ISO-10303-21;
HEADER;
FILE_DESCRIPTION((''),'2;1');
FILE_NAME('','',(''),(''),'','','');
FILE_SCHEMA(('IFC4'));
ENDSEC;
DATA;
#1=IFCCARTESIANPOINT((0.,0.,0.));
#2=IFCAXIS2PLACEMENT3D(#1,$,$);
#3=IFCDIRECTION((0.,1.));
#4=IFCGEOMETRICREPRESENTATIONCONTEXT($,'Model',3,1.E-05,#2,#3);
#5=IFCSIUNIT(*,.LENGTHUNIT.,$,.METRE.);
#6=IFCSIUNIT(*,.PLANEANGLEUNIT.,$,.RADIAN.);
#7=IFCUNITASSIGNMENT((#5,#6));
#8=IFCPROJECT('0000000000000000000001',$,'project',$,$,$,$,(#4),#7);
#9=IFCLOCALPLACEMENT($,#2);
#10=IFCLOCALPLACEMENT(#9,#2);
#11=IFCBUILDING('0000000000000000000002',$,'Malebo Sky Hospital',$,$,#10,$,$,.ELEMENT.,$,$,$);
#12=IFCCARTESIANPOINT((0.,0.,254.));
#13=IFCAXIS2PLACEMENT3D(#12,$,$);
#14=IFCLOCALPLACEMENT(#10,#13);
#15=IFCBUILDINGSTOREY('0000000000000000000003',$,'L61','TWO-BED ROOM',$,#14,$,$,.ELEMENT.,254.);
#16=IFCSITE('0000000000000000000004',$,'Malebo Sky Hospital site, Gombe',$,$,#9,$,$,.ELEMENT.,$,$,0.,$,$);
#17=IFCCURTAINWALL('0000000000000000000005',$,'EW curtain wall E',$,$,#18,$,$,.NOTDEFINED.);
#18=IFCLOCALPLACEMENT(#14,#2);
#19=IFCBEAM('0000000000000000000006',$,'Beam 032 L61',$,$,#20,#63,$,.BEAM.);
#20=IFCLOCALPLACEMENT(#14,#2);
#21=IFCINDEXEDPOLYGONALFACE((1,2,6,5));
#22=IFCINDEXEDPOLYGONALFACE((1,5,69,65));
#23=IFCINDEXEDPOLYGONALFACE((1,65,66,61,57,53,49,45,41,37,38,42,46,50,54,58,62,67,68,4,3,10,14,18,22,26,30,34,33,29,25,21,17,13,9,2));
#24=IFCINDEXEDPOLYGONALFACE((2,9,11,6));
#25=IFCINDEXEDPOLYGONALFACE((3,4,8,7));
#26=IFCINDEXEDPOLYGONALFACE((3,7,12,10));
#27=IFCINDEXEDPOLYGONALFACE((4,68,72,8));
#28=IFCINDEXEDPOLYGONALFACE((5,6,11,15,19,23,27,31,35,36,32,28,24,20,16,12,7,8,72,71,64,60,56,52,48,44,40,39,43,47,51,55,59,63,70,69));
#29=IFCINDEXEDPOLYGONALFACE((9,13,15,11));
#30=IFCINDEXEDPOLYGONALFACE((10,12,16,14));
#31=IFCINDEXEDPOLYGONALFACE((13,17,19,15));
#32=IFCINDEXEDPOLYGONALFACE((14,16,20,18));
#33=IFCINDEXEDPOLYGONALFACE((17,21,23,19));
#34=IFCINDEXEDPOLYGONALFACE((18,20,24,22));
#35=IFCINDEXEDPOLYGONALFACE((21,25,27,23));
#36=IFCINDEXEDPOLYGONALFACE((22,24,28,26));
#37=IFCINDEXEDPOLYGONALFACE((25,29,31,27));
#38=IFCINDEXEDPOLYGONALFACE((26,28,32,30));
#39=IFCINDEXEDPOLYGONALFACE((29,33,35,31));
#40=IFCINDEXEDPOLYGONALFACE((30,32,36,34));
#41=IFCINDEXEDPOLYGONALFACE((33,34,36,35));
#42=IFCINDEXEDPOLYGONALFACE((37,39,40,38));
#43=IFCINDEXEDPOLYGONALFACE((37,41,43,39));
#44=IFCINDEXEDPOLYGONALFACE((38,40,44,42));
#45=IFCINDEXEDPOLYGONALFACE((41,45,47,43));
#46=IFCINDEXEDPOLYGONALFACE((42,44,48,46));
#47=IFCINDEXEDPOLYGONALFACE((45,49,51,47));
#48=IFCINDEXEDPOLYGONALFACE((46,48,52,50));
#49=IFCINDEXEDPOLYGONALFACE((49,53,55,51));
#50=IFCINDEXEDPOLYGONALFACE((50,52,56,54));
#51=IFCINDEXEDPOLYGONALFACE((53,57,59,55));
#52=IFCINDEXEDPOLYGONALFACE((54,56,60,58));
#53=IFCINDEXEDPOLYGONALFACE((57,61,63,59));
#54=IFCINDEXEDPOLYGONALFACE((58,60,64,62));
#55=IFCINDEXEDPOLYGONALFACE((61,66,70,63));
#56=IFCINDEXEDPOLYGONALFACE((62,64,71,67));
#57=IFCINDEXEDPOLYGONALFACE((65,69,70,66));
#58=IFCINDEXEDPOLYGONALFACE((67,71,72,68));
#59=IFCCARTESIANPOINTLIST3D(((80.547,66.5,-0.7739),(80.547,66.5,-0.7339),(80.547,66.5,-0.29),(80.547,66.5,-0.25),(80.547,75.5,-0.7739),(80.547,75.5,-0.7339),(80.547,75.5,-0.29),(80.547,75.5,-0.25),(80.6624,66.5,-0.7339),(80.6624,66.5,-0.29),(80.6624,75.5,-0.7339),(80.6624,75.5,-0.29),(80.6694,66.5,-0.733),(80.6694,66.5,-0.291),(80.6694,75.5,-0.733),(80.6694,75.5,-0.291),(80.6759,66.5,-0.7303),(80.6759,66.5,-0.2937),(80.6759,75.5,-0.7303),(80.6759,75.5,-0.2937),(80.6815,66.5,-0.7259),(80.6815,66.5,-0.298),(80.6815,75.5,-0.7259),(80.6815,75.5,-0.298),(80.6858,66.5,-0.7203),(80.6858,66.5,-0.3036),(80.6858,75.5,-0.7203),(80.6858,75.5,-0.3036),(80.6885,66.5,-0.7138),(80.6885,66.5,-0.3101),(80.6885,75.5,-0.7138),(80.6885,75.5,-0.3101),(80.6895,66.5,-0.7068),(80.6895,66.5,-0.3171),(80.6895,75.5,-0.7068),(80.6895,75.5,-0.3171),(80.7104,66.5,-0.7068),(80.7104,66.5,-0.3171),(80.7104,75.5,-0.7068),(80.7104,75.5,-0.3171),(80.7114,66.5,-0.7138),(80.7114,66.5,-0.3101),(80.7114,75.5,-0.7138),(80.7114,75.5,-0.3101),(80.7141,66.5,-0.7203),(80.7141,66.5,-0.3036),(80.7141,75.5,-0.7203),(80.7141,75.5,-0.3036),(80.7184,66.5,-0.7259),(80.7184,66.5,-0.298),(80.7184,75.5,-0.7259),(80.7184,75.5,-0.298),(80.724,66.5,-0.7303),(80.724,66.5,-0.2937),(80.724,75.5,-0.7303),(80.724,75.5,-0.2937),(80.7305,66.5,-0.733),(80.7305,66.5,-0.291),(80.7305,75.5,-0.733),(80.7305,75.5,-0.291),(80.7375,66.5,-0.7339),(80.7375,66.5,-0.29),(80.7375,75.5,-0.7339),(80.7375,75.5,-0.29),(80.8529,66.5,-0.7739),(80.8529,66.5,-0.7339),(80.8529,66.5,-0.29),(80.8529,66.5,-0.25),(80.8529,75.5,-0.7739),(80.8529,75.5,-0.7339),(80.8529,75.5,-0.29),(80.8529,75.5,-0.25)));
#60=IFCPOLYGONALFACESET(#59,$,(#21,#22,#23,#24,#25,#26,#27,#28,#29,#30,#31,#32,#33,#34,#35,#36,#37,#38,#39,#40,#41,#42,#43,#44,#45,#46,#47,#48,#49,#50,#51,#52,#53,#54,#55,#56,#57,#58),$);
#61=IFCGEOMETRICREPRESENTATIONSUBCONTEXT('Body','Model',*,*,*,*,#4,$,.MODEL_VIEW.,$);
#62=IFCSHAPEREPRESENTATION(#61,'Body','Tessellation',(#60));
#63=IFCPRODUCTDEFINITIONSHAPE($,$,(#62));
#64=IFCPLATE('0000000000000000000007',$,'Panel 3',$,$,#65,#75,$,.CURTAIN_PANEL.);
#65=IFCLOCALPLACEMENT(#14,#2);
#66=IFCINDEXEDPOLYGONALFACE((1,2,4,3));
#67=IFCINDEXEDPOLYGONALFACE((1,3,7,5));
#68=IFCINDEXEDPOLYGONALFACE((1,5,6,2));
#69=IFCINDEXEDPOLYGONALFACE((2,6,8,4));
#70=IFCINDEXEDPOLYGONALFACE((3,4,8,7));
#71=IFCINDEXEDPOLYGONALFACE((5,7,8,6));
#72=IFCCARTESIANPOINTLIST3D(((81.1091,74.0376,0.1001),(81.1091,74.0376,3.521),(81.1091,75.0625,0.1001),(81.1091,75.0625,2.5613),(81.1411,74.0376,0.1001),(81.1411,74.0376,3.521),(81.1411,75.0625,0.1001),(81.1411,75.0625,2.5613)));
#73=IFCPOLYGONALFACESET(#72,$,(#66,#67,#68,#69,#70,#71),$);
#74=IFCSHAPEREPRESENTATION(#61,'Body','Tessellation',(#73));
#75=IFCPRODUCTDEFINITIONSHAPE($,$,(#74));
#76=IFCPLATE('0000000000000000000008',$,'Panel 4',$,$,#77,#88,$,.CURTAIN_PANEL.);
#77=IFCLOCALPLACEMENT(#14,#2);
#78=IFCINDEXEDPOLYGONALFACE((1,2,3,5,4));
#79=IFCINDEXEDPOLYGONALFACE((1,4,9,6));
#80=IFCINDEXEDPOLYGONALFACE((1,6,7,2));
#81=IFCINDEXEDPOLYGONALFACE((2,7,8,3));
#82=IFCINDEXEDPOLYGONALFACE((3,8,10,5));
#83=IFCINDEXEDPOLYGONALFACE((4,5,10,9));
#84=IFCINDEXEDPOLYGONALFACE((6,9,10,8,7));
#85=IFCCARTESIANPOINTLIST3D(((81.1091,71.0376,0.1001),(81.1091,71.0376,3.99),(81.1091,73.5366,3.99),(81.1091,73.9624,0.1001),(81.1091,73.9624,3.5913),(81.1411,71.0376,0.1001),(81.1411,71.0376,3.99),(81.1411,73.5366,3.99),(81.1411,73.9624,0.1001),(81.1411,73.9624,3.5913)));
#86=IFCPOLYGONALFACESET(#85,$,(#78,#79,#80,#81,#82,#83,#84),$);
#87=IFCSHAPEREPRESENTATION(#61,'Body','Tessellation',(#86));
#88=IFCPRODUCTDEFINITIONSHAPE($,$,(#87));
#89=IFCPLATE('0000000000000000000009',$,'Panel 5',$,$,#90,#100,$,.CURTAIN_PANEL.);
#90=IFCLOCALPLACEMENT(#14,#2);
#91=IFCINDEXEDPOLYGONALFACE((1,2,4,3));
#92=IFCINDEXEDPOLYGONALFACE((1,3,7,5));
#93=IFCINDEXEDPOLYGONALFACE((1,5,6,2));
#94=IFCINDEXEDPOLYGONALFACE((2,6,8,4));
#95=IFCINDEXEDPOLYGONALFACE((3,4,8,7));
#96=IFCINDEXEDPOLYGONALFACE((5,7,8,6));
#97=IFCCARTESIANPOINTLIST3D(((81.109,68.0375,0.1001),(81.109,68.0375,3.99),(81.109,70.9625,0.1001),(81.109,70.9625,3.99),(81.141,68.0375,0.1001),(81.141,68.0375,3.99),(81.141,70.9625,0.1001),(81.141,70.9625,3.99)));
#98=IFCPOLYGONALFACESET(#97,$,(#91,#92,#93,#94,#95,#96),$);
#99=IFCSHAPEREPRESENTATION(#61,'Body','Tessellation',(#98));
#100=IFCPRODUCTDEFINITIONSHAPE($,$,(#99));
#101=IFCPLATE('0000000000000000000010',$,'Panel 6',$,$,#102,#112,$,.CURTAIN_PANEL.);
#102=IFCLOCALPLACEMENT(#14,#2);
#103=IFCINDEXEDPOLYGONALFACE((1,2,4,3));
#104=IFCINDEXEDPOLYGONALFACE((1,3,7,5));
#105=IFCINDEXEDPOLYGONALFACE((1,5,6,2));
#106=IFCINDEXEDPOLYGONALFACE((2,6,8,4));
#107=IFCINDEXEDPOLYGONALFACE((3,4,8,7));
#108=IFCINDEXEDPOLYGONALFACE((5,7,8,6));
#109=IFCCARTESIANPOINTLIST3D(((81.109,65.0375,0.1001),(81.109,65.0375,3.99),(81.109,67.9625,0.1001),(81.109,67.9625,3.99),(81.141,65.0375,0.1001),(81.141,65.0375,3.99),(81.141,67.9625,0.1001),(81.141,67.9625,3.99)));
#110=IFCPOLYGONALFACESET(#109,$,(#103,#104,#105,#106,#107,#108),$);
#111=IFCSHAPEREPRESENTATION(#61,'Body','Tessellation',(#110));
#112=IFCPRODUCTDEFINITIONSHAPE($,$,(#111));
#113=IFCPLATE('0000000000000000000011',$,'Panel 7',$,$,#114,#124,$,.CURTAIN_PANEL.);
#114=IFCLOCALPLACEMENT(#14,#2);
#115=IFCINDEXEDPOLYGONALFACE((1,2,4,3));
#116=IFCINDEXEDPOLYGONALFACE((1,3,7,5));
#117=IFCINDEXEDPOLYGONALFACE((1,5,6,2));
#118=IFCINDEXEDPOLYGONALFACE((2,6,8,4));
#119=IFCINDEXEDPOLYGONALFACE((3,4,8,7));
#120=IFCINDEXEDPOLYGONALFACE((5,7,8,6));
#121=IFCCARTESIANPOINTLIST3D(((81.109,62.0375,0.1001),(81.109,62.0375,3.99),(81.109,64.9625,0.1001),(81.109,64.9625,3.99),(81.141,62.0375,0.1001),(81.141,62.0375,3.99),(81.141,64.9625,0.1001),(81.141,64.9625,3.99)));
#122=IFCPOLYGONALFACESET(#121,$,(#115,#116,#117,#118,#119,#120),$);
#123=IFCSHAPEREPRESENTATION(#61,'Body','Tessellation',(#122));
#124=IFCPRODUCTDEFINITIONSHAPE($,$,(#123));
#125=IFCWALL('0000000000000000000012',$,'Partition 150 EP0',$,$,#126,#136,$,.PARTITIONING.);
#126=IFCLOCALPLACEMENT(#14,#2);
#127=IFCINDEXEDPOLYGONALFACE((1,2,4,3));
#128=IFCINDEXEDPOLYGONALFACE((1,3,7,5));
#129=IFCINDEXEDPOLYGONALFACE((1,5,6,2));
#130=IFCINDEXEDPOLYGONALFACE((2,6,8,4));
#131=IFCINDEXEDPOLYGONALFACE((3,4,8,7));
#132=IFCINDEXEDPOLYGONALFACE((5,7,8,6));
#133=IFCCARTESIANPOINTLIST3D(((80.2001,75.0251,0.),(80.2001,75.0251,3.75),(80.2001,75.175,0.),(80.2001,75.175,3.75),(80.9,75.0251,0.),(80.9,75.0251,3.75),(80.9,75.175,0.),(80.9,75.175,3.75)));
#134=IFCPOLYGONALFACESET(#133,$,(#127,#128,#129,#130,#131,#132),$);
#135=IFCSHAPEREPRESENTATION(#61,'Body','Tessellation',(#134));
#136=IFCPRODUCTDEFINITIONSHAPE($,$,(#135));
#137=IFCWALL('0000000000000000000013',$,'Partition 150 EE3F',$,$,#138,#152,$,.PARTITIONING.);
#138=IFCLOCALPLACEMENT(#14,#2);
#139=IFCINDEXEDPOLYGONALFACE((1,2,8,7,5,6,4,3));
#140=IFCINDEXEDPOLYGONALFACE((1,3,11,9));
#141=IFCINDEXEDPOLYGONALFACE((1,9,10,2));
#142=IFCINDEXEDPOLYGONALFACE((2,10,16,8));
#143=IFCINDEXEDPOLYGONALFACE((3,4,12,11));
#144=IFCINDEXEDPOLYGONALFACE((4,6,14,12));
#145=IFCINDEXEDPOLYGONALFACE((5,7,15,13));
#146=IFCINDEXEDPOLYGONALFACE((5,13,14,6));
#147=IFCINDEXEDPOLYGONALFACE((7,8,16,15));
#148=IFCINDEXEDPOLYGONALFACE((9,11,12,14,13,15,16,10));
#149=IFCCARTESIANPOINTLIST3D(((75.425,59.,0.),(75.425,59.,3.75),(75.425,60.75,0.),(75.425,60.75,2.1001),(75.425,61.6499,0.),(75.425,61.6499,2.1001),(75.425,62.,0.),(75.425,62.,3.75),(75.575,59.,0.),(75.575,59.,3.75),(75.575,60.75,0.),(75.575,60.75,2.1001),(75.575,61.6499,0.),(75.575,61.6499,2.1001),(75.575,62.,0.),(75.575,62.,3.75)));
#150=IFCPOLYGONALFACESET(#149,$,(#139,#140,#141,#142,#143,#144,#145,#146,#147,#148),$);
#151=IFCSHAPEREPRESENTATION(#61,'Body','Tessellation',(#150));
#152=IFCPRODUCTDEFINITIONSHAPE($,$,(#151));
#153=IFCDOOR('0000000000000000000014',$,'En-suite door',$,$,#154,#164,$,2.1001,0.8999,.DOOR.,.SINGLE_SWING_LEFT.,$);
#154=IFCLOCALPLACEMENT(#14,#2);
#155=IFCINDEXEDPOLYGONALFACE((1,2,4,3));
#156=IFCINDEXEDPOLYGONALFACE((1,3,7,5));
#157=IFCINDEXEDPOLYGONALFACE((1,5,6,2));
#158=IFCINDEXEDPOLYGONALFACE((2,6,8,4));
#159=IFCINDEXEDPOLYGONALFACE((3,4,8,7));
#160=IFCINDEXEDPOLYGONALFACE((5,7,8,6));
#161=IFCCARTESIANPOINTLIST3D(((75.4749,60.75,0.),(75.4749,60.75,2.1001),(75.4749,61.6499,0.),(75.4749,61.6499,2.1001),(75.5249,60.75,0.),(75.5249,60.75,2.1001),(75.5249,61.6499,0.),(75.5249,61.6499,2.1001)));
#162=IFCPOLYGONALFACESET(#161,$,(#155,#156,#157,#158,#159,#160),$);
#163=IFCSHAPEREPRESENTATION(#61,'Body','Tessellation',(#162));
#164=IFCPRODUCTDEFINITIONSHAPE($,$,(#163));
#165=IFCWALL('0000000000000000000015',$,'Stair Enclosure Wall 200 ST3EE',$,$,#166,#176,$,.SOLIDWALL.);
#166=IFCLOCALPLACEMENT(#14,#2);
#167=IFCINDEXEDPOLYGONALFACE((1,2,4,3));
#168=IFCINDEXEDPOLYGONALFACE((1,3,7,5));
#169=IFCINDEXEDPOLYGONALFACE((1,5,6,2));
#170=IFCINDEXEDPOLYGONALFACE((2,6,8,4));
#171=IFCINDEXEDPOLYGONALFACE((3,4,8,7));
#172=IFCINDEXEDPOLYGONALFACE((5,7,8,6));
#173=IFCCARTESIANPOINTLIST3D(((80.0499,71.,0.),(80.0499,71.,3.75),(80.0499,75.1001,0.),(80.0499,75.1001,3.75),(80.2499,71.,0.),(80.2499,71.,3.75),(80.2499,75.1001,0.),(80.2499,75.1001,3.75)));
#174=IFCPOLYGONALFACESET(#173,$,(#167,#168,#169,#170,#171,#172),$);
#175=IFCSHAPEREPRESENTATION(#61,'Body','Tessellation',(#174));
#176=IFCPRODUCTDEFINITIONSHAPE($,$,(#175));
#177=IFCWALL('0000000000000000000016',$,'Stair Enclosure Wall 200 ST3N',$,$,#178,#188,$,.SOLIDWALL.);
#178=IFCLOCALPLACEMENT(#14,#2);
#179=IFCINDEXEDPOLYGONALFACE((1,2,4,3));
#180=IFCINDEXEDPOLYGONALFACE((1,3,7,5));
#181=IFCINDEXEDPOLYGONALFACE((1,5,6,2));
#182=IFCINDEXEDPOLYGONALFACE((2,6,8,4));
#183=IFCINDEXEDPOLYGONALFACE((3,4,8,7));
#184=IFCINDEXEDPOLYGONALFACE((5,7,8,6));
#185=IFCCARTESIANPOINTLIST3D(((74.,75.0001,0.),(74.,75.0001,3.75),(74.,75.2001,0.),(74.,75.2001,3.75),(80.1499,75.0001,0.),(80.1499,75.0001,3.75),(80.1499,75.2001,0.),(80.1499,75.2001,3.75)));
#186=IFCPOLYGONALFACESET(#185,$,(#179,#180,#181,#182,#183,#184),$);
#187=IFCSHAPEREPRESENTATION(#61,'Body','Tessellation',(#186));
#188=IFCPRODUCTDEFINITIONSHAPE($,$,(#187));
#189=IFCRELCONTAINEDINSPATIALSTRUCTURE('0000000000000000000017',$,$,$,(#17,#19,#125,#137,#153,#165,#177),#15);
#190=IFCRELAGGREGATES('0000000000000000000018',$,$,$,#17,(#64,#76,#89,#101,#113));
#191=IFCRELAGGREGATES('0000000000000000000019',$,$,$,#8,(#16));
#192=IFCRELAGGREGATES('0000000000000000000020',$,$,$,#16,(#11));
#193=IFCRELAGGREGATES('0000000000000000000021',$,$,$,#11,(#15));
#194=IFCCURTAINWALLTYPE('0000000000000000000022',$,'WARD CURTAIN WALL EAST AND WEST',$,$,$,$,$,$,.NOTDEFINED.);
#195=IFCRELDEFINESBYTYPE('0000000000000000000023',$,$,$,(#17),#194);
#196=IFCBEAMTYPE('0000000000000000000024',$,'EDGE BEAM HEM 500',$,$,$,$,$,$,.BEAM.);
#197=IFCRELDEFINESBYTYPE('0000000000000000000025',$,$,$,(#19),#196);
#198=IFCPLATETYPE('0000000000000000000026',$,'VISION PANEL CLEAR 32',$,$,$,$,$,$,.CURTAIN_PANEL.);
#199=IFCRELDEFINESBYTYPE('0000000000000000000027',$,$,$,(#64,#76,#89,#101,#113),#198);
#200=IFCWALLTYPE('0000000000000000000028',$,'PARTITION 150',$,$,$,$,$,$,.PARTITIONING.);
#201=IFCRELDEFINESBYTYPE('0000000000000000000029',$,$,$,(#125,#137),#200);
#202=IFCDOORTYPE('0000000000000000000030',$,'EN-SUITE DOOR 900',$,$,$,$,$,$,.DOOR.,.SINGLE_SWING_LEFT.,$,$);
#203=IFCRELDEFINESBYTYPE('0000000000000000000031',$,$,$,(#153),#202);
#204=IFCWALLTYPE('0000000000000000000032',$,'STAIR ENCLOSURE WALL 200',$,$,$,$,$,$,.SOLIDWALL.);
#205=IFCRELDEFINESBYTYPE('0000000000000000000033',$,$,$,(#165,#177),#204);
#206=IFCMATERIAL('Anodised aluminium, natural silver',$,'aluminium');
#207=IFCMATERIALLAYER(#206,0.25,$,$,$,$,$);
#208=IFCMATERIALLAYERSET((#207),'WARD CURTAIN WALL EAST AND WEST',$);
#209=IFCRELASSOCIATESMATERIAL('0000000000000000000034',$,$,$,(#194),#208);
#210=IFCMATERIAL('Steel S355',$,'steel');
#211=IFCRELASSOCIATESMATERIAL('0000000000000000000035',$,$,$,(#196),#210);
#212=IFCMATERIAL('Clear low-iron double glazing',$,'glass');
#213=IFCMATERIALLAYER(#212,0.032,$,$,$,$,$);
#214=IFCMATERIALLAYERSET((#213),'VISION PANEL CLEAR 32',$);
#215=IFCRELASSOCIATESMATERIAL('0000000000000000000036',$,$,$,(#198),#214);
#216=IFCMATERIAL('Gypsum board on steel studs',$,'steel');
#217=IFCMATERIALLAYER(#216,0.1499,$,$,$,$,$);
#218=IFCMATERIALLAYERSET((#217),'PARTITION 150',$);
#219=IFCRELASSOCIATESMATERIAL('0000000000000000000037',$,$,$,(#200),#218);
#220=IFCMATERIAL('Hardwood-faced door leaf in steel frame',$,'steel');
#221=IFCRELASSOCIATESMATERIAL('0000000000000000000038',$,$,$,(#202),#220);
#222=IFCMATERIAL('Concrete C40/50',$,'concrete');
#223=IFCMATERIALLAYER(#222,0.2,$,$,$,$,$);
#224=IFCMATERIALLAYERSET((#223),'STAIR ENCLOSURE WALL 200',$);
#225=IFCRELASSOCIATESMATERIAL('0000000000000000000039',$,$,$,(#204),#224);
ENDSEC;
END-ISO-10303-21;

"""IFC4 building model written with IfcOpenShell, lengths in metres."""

from ifc_helpers import new_model, si_unit, direction, frame, frame_2d, origin, origin_2d, place, context, subcontext, project, spatial, polyline, rectangle, i_section, outline, extrude, material, layer, layer_set, material_profile, profile_set, type_object, element, fill, aggregate, save


model = new_model("IFC4")

# Units and contexts
model_context = context("Model", 3, precision=1e-05, world=origin(), true_north=direction((0.0, 1.0)))
body_context = subcontext(model_context, "Body", "Model", "MODEL_VIEW")
ifc_project = project(units=[si_unit("LENGTHUNIT", "METRE"), si_unit("PLANEANGLEUNIT", "RADIAN")], contexts=[model_context])

# Site, building, storey
site_placement = place(None, origin())
site = spatial("IfcSite", under=ifc_project, at=site_placement, Name="Malebo Sky Hospital site, Gombe", CompositionType="ELEMENT", RefElevation=0.0)
building_placement = place(site_placement, origin())
building = spatial("IfcBuilding", under=site, at=building_placement, Name="Malebo Sky Hospital", CompositionType="ELEMENT")
storey_placement = place(building_placement, frame((0.0, 0.0, 254.0)))
storey = spatial("IfcBuildingStorey", under=building, at=storey_placement, Name="L61", Description="TWO-BED ROOM", CompositionType="ELEMENT", Elevation=254.0)

# Curtain wall
ifc_material_1 = material(Name="Anodised aluminium, natural silver", Category="aluminium")
ifc_layer_1 = layer(ifc_material_1, 0.25)
ifc_layer_set_1 = layer_set([ifc_layer_1], Name="WARD CURTAIN WALL EAST AND WEST")
curtain_wall_type = type_object("IfcCurtainWallType", Name="WARD CURTAIN WALL EAST AND WEST", PredefinedType="NOTDEFINED", material=ifc_layer_set_1)
curtain_wall_placement = place(storey_placement, origin())
curtain_wall = element("IfcCurtainWall", 1, at=curtain_wall_placement, inside=storey, type_object=curtain_wall_type, Name="EW curtain wall E", PredefinedType="NOTDEFINED")

# Beam
ifc_material_2 = material(Name="Steel S355", Category="steel")
ifc_material_profile_1 = material_profile(ifc_material_2, i_section(OverallWidth=0.3059, OverallDepth=0.5239, WebThickness=0.021, FlangeThickness=0.04, FilletRadius=0.0271, at=origin_2d()), Name="HEM 500")
ifc_profile_set_1 = profile_set([ifc_material_profile_1], Name="Steel S355")
beam_type = type_object("IfcBeamType", Name="EDGE BEAM HEM 500", PredefinedType="BEAM", material=ifc_profile_set_1)
beam_placement = place(storey_placement, frame((80.7, 66.5, -0.512), z_axis=(0.0, 1.0, 0.0), x_axis=(-1.0, 0.0, 0.0)))
element("IfcBeam", 2, at=beam_placement, inside=storey, type_object=beam_type, Name="Beam 032 L61", PredefinedType="BEAM", context=body_context, shape_type="SweptSolid", body=[
    extrude(i_section(OverallWidth=0.3059, OverallDepth=0.5239, WebThickness=0.021, FlangeThickness=0.04, FilletRadius=0.0271, at=origin_2d()), origin(), (0.0, 0.0, 1.0), 9.0),
])

# Plates
ifc_material_3 = material(Name="Clear low-iron double glazing", Category="glass")
ifc_layer_2 = layer(ifc_material_3, 0.032)
ifc_layer_set_2 = layer_set([ifc_layer_2], Name="VISION PANEL CLEAR 32")
plate_type = type_object("IfcPlateType", Name="VISION PANEL CLEAR 32", PredefinedType="CURTAIN_PANEL", material=ifc_layer_set_2)
plate_1_placement = place(storey_placement, frame((81.125, 74.55, 0.1001), z_axis=(0.0, 0.0, 1.0), x_axis=(0.0, -1.0, 0.0)))
plate_1 = element("IfcPlate", 3, at=plate_1_placement, type_object=plate_type, Name="Panel 3", PredefinedType="CURTAIN_PANEL", context=body_context, shape_type="SweptSolid", body=[
    extrude(outline(polyline([(-0.5125, 0.0), (0.5125, 0.0), (0.5125, 3.4209), (-0.5125, 2.4612), (-0.5125, 0.0)])), frame((0.0, 0.0161, 0.0), z_axis=(0.0, -1.0, 0.0), x_axis=(1.0, 0.0, 0.0)), (0.0, 0.0, 1.0), 0.032),
])
plate_2_placement = place(storey_placement, frame((81.125, 72.5, 0.1001), z_axis=(0.0, 0.0, 1.0), x_axis=(0.0, -1.0, 0.0)))
plate_2 = element("IfcPlate", 4, at=plate_2_placement, type_object=plate_type, Name="Panel 4", PredefinedType="CURTAIN_PANEL", context=body_context, shape_type="SweptSolid", body=[
    extrude(outline(polyline([(-1.4624, 0.0), (1.4624, 0.0), (1.4624, 3.8899), (-1.0366, 3.8899), (-1.4624, 3.4912), (-1.4624, 0.0)])), frame((0.0, 0.0161, 0.0), z_axis=(0.0, -1.0, 0.0), x_axis=(1.0, 0.0, 0.0)), (0.0, 0.0, 1.0), 0.032),
])
plate_3_placement = place(storey_placement, frame((81.125, 69.5, 0.1001), z_axis=(0.0, 0.0, 1.0), x_axis=(0.0, -1.0, 0.0)))
plate_3 = element("IfcPlate", 5, at=plate_3_placement, type_object=plate_type, Name="Panel 5", PredefinedType="CURTAIN_PANEL", context=body_context, shape_type="SweptSolid", body=[
    extrude(rectangle(XDim=2.925, YDim=0.032, at=origin_2d()), origin(), (0.0, 0.0, 1.0), 3.8899),
])
plate_4_placement = place(storey_placement, frame((81.125, 66.5, 0.1001), z_axis=(0.0, 0.0, 1.0), x_axis=(0.0, -1.0, 0.0)))
plate_4 = element("IfcPlate", 6, at=plate_4_placement, type_object=plate_type, Name="Panel 6", PredefinedType="CURTAIN_PANEL", context=body_context, shape_type="SweptSolid", body=[
    extrude(rectangle(XDim=2.925, YDim=0.032, at=origin_2d()), origin(), (0.0, 0.0, 1.0), 3.8899),
])
plate_5_placement = place(storey_placement, frame((81.125, 63.5, 0.1001), z_axis=(0.0, 0.0, 1.0), x_axis=(0.0, -1.0, 0.0)))
plate_5 = element("IfcPlate", 7, at=plate_5_placement, type_object=plate_type, Name="Panel 7", PredefinedType="CURTAIN_PANEL", context=body_context, shape_type="SweptSolid", body=[
    extrude(rectangle(XDim=2.925, YDim=0.032, at=origin_2d()), origin(), (0.0, 0.0, 1.0), 3.8899),
])
aggregate(curtain_wall, [plate_1, plate_2, plate_3, plate_4, plate_5])

# Wall
ifc_material_4 = material(Name="Gypsum board on steel studs", Category="steel")
ifc_layer_3 = layer(ifc_material_4, 0.1499)
ifc_layer_set_3 = layer_set([ifc_layer_3], Name="PARTITION 150")
wall_type_1 = type_object("IfcWallType", Name="PARTITION 150", PredefinedType="PARTITIONING", material=ifc_layer_set_3)
wall_1_placement = place(storey_placement, frame((80.2, 75.1001, 0.0), z_axis=(0.0, 0.0, 1.0), x_axis=(1.0, 0.0, 0.0)))
element("IfcWall", 8, at=wall_1_placement, inside=storey, type_object=wall_type_1, Name="Partition 150 EP0", PredefinedType="PARTITIONING", context=body_context, shape_type="SweptSolid", body=[
    extrude(rectangle(XDim=0.7, YDim=0.1499, at=frame_2d((0.3501, 0.0))), origin(), (0.0, 0.0, 1.0), 3.75),
])

# Wall, opening, door
wall_2_placement = place(storey_placement, frame((75.5, 62.0, 0.0), z_axis=(0.0, 0.0, 1.0), x_axis=(0.0, -1.0, 0.0)))
wall_2 = element("IfcWall", 9, at=wall_2_placement, inside=storey, type_object=wall_type_1, Name="Partition 150 EE3F", PredefinedType="PARTITIONING", context=body_context, shape_type="SweptSolid", body=[
    extrude(rectangle(XDim=3.0, YDim=0.1499, at=frame_2d((1.5, 0.0))), origin(), (0.0, 0.0, 1.0), 3.75),
])
opening_placement = place(wall_2_placement, frame((0.3501, 0.0, 0.0)))
opening = element("IfcOpeningElement", 10, at=opening_placement, cuts=wall_2, PredefinedType="OPENING", context=body_context, shape_type="SweptSolid", body=[
    extrude(rectangle(XDim=0.8999, YDim=2.1001, at=frame_2d((0.45, 1.05))), frame((0.0, 0.085, 0.0), z_axis=(0.0, -1.0, 0.0), x_axis=(1.0, 0.0, 0.0)), (0.0, 0.0, 1.0), 0.1699),
])
ifc_material_5 = material(Name="Hardwood-faced door leaf in steel frame", Category="steel")
door_type = type_object("IfcDoorType", Name="EN-SUITE DOOR 900", OperationType="SINGLE_SWING_LEFT", PredefinedType="DOOR", material=ifc_material_5)
door_placement = place(opening_placement, origin())
door = element("IfcDoor", 11, at=door_placement, inside=storey, type_object=door_type, Name="En-suite door", OperationType="SINGLE_SWING_LEFT", OverallHeight=2.1001, OverallWidth=0.8999, PredefinedType="DOOR", context=body_context, shape_type="SweptSolid", body=[
    extrude(rectangle(XDim=0.8999, YDim=2.1001, at=frame_2d((0.45, 1.05))), frame((0.0, 0.0249, 0.0), z_axis=(0.0, -1.0, 0.0), x_axis=(1.0, 0.0, 0.0)), (0.0, 0.0, 1.0), 0.05),
])
fill(opening, door)

# Walls
ifc_material_6 = material(Name="Concrete C40/50", Category="concrete")
ifc_layer_4 = layer(ifc_material_6, 0.2)
ifc_layer_set_4 = layer_set([ifc_layer_4], Name="STAIR ENCLOSURE WALL 200")
wall_type_2 = type_object("IfcWallType", Name="STAIR ENCLOSURE WALL 200", PredefinedType="SOLIDWALL", material=ifc_layer_set_4)
wall_3_placement = place(storey_placement, frame((80.1499, 71.0, 0.0), z_axis=(0.0, 0.0, 1.0), x_axis=(0.0, 1.0, 0.0)))
element("IfcWall", 12, at=wall_3_placement, inside=storey, type_object=wall_type_2, Name="Stair Enclosure Wall 200 ST3EE", PredefinedType="SOLIDWALL", context=body_context, shape_type="SweptSolid", body=[
    extrude(rectangle(XDim=4.1001, YDim=0.2, at=frame_2d((2.05, 0.0))), origin(), (0.0, 0.0, 1.0), 3.75),
])
wall_4_placement = place(storey_placement, frame((74.0, 75.1001, 0.0), z_axis=(0.0, 0.0, 1.0), x_axis=(1.0, 0.0, 0.0)))
element("IfcWall", 13, at=wall_4_placement, inside=storey, type_object=wall_type_2, Name="Stair Enclosure Wall 200 ST3N", PredefinedType="SOLIDWALL", context=body_context, shape_type="SweptSolid", body=[
    extrude(rectangle(XDim=6.1499, YDim=0.2, at=frame_2d((3.075, 0.0))), origin(), (0.0, 0.0, 1.0), 3.75),
])

save(model, "model.ifc")
